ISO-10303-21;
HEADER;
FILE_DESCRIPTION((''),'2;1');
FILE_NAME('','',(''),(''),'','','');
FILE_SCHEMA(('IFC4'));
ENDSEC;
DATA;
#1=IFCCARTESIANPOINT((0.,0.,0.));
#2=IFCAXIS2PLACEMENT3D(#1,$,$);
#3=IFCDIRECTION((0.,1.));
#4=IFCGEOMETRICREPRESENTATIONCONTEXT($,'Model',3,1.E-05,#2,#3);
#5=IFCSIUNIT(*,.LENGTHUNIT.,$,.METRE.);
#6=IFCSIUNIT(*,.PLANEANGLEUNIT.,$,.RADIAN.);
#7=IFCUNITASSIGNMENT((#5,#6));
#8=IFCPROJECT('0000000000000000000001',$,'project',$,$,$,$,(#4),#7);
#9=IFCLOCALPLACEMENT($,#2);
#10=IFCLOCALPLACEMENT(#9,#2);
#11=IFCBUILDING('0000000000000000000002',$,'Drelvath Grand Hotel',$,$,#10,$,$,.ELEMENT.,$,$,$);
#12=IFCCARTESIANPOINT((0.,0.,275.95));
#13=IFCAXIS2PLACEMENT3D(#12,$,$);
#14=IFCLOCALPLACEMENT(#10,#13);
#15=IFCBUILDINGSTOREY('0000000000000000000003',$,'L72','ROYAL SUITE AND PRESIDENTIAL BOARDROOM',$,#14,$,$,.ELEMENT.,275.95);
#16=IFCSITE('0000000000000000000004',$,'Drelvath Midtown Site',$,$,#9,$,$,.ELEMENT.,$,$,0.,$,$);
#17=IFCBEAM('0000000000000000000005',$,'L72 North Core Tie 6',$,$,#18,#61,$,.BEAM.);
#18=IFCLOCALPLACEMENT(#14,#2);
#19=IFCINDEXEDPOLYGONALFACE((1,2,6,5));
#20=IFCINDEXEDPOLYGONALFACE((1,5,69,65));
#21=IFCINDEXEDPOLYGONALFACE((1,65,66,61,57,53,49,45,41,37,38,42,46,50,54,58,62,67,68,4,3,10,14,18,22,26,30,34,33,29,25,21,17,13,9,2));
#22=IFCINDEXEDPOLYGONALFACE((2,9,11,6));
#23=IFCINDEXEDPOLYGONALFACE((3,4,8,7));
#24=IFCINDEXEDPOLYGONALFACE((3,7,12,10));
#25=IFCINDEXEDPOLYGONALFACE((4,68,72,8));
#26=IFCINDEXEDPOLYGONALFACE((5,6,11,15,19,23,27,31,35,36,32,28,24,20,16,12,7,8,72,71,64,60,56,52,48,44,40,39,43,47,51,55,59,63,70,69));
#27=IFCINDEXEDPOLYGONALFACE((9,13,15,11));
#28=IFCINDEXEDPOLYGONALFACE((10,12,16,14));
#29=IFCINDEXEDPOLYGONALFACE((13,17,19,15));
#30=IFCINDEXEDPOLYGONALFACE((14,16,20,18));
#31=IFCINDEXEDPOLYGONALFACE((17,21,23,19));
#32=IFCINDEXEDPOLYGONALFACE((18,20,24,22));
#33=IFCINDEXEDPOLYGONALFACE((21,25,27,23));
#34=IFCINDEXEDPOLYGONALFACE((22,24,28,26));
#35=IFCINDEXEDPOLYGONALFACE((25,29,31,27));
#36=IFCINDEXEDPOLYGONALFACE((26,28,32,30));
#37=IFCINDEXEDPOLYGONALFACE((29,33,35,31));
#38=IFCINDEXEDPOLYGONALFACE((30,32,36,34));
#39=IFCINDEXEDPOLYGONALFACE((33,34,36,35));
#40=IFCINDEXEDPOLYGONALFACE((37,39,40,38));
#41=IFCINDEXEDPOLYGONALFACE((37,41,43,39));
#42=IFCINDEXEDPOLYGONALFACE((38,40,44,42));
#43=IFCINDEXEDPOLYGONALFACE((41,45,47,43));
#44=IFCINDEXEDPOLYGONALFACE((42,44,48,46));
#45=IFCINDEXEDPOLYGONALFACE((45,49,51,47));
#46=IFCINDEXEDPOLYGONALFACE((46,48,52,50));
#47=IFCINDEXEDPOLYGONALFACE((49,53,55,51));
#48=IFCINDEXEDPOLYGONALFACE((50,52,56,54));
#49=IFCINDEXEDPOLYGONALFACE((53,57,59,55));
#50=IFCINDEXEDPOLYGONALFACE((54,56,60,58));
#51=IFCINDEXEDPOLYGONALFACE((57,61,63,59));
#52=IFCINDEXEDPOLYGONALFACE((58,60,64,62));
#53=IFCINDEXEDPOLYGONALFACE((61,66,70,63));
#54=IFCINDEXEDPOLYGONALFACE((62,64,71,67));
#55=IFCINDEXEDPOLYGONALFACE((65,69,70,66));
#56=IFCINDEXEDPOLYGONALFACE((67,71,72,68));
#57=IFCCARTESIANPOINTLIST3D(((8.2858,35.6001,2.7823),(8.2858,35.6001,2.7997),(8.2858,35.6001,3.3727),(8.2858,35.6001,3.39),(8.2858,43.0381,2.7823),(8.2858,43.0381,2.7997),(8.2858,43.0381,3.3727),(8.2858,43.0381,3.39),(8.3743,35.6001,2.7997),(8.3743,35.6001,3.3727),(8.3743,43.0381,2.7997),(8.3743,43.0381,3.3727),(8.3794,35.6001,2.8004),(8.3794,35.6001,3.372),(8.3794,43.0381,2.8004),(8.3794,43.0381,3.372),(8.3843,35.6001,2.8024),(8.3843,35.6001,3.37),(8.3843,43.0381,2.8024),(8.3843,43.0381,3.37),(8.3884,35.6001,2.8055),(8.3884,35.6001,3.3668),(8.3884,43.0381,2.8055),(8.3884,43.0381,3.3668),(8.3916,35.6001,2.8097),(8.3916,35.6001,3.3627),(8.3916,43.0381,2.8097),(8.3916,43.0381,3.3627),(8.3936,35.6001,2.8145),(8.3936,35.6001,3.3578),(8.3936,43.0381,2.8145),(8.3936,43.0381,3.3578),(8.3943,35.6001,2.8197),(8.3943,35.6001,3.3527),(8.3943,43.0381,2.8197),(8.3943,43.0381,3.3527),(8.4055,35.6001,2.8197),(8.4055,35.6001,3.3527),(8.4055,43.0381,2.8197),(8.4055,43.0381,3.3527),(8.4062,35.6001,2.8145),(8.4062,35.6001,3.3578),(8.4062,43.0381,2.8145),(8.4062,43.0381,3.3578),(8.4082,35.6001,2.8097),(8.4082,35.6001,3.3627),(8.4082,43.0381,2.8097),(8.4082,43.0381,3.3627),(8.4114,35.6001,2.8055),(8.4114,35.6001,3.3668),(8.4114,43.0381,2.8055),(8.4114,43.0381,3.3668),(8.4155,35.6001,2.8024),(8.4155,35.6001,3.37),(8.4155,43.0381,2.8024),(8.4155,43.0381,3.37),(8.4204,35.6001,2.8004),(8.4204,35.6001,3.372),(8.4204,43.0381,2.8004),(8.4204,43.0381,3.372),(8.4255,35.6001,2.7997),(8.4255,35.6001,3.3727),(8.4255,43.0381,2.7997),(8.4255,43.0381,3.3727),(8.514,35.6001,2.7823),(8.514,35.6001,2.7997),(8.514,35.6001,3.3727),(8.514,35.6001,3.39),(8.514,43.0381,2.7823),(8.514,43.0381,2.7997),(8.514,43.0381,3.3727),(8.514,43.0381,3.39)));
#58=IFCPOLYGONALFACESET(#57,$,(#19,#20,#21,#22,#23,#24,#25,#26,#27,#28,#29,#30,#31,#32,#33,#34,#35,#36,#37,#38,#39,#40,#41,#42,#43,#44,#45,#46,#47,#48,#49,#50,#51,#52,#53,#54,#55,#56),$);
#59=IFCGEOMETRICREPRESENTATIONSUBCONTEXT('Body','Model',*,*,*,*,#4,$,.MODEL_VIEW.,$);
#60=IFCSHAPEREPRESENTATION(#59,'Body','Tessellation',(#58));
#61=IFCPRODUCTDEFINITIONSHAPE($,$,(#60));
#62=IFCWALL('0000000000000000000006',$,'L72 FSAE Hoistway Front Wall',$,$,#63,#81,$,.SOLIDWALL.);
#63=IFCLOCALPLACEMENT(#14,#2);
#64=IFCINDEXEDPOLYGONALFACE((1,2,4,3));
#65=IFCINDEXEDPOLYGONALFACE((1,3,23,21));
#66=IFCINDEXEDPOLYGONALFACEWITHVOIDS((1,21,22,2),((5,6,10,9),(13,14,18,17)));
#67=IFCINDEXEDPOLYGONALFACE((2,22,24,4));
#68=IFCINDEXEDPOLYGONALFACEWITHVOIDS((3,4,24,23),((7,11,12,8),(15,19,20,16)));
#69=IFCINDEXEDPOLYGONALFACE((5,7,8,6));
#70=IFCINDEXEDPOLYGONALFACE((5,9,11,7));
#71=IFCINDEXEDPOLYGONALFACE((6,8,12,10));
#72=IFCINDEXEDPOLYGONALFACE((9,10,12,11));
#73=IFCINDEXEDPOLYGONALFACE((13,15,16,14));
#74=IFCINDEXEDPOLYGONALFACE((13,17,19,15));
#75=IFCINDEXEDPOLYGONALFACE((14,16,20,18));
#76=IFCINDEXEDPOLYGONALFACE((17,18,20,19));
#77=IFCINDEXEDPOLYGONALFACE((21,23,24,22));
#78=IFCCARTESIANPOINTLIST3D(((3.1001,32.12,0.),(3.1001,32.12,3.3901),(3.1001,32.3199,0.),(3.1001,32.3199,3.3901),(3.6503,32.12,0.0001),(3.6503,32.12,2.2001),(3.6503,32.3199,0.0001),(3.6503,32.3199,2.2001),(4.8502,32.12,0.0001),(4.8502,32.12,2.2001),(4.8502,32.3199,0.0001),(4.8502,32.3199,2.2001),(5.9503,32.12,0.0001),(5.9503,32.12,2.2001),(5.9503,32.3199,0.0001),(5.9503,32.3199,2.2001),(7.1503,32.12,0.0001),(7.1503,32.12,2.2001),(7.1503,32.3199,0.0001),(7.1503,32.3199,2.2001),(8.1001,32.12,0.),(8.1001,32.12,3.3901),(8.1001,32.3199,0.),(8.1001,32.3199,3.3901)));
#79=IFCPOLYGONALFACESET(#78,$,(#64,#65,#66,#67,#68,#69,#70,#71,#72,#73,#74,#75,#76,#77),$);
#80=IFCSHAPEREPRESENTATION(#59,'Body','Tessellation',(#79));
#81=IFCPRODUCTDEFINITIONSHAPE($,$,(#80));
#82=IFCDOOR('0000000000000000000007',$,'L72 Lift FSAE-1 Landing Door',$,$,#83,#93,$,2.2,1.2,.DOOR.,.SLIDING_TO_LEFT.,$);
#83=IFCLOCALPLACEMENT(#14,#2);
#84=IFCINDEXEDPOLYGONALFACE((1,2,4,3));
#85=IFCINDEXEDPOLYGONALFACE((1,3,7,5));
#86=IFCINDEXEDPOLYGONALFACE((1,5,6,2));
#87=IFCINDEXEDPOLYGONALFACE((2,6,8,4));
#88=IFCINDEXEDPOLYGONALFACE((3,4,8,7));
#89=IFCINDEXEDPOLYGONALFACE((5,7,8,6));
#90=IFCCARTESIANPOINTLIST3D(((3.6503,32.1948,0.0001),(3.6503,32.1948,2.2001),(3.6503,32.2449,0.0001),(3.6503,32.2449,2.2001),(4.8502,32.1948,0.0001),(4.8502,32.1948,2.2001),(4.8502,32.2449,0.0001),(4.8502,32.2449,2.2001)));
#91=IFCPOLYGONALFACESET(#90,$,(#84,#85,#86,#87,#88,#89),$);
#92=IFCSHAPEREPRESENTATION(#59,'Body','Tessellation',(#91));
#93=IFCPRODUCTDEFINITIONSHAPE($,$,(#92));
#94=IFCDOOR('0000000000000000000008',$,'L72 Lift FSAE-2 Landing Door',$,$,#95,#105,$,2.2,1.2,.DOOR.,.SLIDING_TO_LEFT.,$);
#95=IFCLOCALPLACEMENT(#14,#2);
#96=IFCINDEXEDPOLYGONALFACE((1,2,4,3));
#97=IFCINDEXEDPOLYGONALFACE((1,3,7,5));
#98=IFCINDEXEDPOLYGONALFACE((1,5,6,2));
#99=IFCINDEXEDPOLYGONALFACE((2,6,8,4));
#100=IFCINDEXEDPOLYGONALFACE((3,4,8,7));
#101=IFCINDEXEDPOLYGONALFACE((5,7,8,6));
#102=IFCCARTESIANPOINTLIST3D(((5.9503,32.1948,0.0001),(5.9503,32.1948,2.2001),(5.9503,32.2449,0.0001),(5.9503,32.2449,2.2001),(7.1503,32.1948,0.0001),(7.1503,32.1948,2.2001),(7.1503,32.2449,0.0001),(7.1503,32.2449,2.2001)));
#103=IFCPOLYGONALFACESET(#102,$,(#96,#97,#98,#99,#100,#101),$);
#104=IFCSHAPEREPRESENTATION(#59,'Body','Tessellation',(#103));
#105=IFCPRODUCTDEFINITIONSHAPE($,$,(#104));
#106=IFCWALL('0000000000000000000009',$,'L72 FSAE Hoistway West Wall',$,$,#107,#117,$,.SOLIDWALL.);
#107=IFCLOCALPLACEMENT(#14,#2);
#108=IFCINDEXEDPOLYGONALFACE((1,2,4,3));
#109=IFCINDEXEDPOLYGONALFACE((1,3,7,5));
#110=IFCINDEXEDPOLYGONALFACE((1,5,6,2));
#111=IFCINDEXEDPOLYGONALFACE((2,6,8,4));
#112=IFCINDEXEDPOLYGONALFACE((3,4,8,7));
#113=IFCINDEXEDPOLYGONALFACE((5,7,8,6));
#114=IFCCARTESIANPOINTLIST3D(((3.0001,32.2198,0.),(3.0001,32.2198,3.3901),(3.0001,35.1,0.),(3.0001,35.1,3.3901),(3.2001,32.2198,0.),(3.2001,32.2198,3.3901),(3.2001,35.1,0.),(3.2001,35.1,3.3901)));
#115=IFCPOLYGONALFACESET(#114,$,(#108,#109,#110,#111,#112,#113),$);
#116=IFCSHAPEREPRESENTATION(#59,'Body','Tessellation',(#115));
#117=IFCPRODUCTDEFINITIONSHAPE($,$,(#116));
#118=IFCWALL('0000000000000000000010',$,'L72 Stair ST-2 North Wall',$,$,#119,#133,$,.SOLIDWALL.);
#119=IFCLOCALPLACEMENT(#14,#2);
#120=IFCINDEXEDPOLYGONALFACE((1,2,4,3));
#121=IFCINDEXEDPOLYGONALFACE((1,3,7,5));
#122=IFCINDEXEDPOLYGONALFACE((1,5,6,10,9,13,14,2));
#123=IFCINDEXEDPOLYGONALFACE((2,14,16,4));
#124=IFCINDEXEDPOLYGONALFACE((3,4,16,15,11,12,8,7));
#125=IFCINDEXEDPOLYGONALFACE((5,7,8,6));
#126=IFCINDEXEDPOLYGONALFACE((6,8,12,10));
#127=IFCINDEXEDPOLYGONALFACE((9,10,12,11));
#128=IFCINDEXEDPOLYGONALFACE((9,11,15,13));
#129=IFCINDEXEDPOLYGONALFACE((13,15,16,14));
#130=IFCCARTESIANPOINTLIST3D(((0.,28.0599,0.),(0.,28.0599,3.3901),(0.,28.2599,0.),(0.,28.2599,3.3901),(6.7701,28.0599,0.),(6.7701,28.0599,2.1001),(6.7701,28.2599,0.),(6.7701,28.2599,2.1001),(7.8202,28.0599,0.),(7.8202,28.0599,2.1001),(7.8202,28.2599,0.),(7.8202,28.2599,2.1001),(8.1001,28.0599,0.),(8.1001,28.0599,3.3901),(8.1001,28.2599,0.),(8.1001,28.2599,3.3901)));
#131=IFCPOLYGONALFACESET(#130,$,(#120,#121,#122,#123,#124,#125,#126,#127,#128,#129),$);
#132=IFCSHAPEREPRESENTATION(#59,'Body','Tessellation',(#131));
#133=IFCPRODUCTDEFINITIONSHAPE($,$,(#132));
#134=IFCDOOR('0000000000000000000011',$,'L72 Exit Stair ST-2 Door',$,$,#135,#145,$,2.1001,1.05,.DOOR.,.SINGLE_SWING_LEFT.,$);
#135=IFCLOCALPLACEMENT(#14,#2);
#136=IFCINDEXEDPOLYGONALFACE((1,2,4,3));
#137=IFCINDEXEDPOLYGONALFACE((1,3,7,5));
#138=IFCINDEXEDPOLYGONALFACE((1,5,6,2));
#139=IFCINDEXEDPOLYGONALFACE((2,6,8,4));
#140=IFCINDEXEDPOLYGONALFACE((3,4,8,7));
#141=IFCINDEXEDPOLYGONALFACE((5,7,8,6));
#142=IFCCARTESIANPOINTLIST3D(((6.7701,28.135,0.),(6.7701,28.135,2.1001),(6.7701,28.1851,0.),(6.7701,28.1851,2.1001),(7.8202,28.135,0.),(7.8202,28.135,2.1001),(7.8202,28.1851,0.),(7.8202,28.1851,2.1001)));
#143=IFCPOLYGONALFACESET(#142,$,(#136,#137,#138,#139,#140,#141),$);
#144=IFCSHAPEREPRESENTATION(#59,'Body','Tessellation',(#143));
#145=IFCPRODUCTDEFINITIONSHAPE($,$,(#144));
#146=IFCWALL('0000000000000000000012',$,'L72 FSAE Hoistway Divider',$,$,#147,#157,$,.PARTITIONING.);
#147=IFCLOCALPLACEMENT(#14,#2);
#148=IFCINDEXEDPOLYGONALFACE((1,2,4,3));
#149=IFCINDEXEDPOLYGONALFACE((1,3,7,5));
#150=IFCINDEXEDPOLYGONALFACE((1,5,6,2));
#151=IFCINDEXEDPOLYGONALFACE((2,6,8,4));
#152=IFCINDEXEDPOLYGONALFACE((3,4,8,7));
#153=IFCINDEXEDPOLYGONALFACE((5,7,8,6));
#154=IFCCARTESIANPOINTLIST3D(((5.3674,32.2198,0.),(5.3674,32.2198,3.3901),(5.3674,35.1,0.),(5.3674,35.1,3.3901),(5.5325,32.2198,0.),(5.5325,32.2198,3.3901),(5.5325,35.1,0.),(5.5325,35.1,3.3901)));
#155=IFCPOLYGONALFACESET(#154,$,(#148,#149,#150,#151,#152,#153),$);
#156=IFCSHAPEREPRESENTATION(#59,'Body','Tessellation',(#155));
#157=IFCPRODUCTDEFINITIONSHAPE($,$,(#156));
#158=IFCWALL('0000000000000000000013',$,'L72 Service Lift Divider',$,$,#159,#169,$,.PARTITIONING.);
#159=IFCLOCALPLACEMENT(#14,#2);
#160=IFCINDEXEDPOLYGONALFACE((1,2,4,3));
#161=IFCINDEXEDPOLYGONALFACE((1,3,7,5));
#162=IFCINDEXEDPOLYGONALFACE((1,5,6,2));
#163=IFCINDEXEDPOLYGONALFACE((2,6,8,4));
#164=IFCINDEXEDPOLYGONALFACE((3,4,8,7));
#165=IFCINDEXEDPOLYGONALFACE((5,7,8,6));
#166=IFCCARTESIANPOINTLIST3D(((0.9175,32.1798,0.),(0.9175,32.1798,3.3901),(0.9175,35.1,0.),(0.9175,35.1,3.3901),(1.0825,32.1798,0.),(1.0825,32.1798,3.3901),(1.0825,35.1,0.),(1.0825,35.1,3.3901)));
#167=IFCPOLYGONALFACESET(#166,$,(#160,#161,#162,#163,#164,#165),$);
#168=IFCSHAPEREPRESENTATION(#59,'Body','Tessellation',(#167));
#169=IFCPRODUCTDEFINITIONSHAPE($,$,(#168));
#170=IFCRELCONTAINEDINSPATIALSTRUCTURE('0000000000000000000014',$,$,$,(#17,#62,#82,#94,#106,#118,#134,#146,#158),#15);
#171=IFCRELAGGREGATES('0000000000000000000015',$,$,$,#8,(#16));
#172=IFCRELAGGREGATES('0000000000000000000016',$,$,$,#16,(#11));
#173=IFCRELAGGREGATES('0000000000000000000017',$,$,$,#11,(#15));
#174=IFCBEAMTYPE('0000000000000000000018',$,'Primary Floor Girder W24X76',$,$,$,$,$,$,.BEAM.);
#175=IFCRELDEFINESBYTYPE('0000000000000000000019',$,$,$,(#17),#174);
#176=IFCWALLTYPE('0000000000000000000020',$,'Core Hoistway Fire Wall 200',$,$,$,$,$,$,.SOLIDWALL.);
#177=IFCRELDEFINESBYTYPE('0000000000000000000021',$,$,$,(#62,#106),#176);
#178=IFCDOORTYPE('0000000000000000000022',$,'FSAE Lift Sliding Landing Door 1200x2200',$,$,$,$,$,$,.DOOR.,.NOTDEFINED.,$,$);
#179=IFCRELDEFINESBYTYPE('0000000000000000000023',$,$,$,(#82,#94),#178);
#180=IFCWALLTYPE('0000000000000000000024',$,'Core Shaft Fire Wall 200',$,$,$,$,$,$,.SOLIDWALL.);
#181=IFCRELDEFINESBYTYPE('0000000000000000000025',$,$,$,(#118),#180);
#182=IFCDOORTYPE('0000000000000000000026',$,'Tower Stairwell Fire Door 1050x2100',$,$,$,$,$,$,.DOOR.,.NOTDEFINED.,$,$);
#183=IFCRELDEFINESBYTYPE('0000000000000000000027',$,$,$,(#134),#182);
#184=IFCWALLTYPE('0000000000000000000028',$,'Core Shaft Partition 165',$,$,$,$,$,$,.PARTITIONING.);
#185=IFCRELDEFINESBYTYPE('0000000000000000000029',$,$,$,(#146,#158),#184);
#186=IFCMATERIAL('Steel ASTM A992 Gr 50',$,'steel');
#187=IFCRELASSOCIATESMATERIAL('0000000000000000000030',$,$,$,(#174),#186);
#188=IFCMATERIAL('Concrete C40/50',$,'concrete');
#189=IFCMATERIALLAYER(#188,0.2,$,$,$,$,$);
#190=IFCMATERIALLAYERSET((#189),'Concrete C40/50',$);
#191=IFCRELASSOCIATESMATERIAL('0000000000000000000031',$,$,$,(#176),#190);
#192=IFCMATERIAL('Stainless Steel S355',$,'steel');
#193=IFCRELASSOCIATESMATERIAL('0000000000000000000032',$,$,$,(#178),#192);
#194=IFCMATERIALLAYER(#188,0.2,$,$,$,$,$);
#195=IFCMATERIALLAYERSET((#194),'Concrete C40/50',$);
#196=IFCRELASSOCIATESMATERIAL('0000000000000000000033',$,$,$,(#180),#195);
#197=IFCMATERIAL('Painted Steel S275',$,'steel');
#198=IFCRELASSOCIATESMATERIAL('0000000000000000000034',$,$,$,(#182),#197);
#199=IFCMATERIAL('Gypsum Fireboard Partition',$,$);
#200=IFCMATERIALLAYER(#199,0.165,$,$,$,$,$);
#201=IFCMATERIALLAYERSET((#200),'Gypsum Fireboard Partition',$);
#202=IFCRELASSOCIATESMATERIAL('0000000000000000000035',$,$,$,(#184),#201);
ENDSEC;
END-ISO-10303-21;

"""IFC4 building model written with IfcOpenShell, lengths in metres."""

from ifc_helpers import new_model, si_unit, direction, frame, frame_2d, origin, origin_2d, place, context, subcontext, project, spatial, rectangle, i_section, extrude, material, layer, layer_set, material_profile, profile_set, type_object, element, fill, save


model = new_model("IFC4")

# Units and contexts
model_context = context("Model", 3, precision=1e-05, world=origin(), true_north=direction((0.0, 1.0)))
body_context = subcontext(model_context, "Body", "Model", "MODEL_VIEW")
ifc_project = project(units=[si_unit("LENGTHUNIT", "METRE"), si_unit("PLANEANGLEUNIT", "RADIAN")], contexts=[model_context])

# Site, building, storey
site_placement = place(None, origin())
site = spatial("IfcSite", under=ifc_project, at=site_placement, Name="Drelvath Midtown Site", CompositionType="ELEMENT", RefElevation=0.0)
building_placement = place(site_placement, origin())
building = spatial("IfcBuilding", under=site, at=building_placement, Name="Drelvath Grand Hotel", CompositionType="ELEMENT")
storey_placement = place(building_placement, frame((0.0, 0.0, 275.95)))
storey = spatial("IfcBuildingStorey", under=building, at=storey_placement, Name="L72", Description="ROYAL SUITE AND PRESIDENTIAL BOARDROOM", CompositionType="ELEMENT", Elevation=275.95)

# Beam
ifc_material_1 = material(Name="Steel ASTM A992 Gr 50", Category="steel")
ifc_material_profile_1 = material_profile(ifc_material_1, i_section(OverallWidth=0.2283, OverallDepth=0.6077, WebThickness=0.0112, FlangeThickness=0.0173, FilletRadius=0.02, at=origin_2d()), Name="W24X76")
ifc_profile_set_1 = profile_set([ifc_material_profile_1], Name="Steel ASTM A992 Gr 50")
beam_type_1 = type_object("IfcBeamType", Name="Primary Floor Girder W24X76", PredefinedType="BEAM", material=ifc_profile_set_1)
for number, where, z_axis, x_axis, name in (
    (1, (8.3999, 35.6001, 3.0862), (0.0, 1.0, 0.0), (-1.0, 0.0, 0.0), "L72 North Core Tie 6"),
):
    element("IfcBeam", number, at=place(storey_placement, frame(where, z_axis=z_axis, x_axis=x_axis)), inside=storey, type_object=beam_type_1, Name=name, PredefinedType="BEAM", context=body_context, shape_type="SweptSolid", body=[
        extrude(i_section(OverallWidth=0.2283, OverallDepth=0.6077, WebThickness=0.0112, FlangeThickness=0.0173, FilletRadius=0.02, at=origin_2d()), origin(), (0.0, 0.0, 1.0), 7.438),
    ])

# Wall, openings, doors
ifc_material_2 = material(Name="Concrete C40/50", Category="concrete")
ifc_layer_1 = layer(ifc_material_2, 0.2)
ifc_layer_set_1 = layer_set([ifc_layer_1], Name="Concrete C40/50")
wall_type_1 = type_object("IfcWallType", Name="Core Hoistway Fire Wall 200", PredefinedType="SOLIDWALL", material=ifc_layer_set_1)
wall_1_placement = place(storey_placement, frame((3.1001, 32.22, 0.0), z_axis=(0.0, 0.0, 1.0), x_axis=(1.0, 0.0, 0.0)))
wall_1 = element("IfcWall", 2, at=wall_1_placement, inside=storey, type_object=wall_type_1, Name="L72 FSAE Hoistway Front Wall", PredefinedType="SOLIDWALL", context=body_context, shape_type="SweptSolid", body=[
    extrude(rectangle(XDim=5.0, YDim=0.2, at=frame_2d((2.5, 0.0))), origin(), (0.0, 0.0, 1.0), 3.3901),
])
opening_1_placement = place(wall_1_placement, frame((0.55, 0.0, 0.0)))
opening_1 = element("IfcOpeningElement", 3, at=opening_1_placement, cuts=wall_1, PredefinedType="OPENING", context=body_context, shape_type="SweptSolid", body=[
    extrude(rectangle(XDim=1.2, YDim=2.2, at=frame_2d((0.6001, 1.1001))), frame((0.0, 0.1099, 0.0), z_axis=(0.0, -1.0, 0.0), x_axis=(1.0, 0.0, 0.0)), (0.0, 0.0, 1.0), 0.22),
])
opening_2_placement = place(wall_1_placement, frame((2.8501, 0.0, 0.0)))
opening_2 = element("IfcOpeningElement", 4, at=opening_2_placement, cuts=wall_1, PredefinedType="OPENING", context=body_context, shape_type="SweptSolid", body=[
    extrude(rectangle(XDim=1.2, YDim=2.2, at=frame_2d((0.6001, 1.1001))), frame((0.0, 0.1099, 0.0), z_axis=(0.0, -1.0, 0.0), x_axis=(1.0, 0.0, 0.0)), (0.0, 0.0, 1.0), 0.22),
])
ifc_material_3 = material(Name="Stainless Steel S355", Category="steel")
door_type_1 = type_object("IfcDoorType", Name="FSAE Lift Sliding Landing Door 1200x2200", OperationType="NOTDEFINED", PredefinedType="DOOR", material=ifc_material_3)
door_1_placement = place(opening_1_placement, origin())
door_1 = element("IfcDoor", 5, at=door_1_placement, inside=storey, type_object=door_type_1, Name="L72 Lift FSAE-1 Landing Door", OperationType="SLIDING_TO_LEFT", OverallHeight=2.2, OverallWidth=1.2, PredefinedType="DOOR", context=body_context, shape_type="SweptSolid", body=[
    extrude(rectangle(XDim=1.2, YDim=2.2, at=frame_2d((0.6001, 1.1001))), frame((0.0, 0.0249, 0.0), z_axis=(0.0, -1.0, 0.0), x_axis=(1.0, 0.0, 0.0)), (0.0, 0.0, 1.0), 0.05),
])
fill(opening_1, door_1)
door_2_placement = place(opening_2_placement, origin())
door_2 = element("IfcDoor", 6, at=door_2_placement, inside=storey, type_object=door_type_1, Name="L72 Lift FSAE-2 Landing Door", OperationType="SLIDING_TO_LEFT", OverallHeight=2.2, OverallWidth=1.2, PredefinedType="DOOR", context=body_context, shape_type="SweptSolid", body=[
    extrude(rectangle(XDim=1.2, YDim=2.2, at=frame_2d((0.6001, 1.1001))), frame((0.0, 0.0249, 0.0), z_axis=(0.0, -1.0, 0.0), x_axis=(1.0, 0.0, 0.0)), (0.0, 0.0, 1.0), 0.05),
])
fill(opening_2, door_2)

# Wall
wall_2_placement = place(storey_placement, frame((3.1001, 32.22, 0.0), z_axis=(0.0, 0.0, 1.0), x_axis=(0.0, 1.0, 0.0)))
element("IfcWall", 7, at=wall_2_placement, inside=storey, type_object=wall_type_1, Name="L72 FSAE Hoistway West Wall", PredefinedType="SOLIDWALL", context=body_context, shape_type="SweptSolid", body=[
    extrude(rectangle(XDim=2.8801, YDim=0.2, at=frame_2d((1.4399, 0.0))), origin(), (0.0, 0.0, 1.0), 3.3901),
])

# Wall, opening, door
ifc_layer_2 = layer(ifc_material_2, 0.2)
ifc_layer_set_2 = layer_set([ifc_layer_2], Name="Concrete C40/50")
wall_type_2 = type_object("IfcWallType", Name="Core Shaft Fire Wall 200", PredefinedType="SOLIDWALL", material=ifc_layer_set_2)
wall_3_placement = place(storey_placement, frame((8.1001, 28.1599, 0.0), z_axis=(0.0, 0.0, 1.0), x_axis=(-1.0, 0.0, 0.0)))
wall_3 = element("IfcWall", 8, at=wall_3_placement, inside=storey, type_object=wall_type_2, Name="L72 Stair ST-2 North Wall", PredefinedType="SOLIDWALL", context=body_context, shape_type="SweptSolid", body=[
    extrude(rectangle(XDim=8.1001, YDim=0.2, at=frame_2d((4.05, 0.0))), origin(), (0.0, 0.0, 1.0), 3.3901),
])
opening_3_placement = place(wall_3_placement, frame((0.28, 0.0, 0.0)))
opening_3 = element("IfcOpeningElement", 9, at=opening_3_placement, cuts=wall_3, PredefinedType="OPENING", context=body_context, shape_type="SweptSolid", body=[
    extrude(rectangle(XDim=1.05, YDim=2.1001, at=frame_2d((0.5249, 1.05))), frame((0.0, 0.1099, 0.0), z_axis=(0.0, -1.0, 0.0), x_axis=(1.0, 0.0, 0.0)), (0.0, 0.0, 1.0), 0.22),
])
ifc_material_4 = material(Name="Painted Steel S275", Category="steel")
door_type_2 = type_object("IfcDoorType", Name="Tower Stairwell Fire Door 1050x2100", OperationType="NOTDEFINED", PredefinedType="DOOR", material=ifc_material_4)
door_3_placement = place(opening_3_placement, origin())
door_3 = element("IfcDoor", 10, at=door_3_placement, inside=storey, type_object=door_type_2, Name="L72 Exit Stair ST-2 Door", OperationType="SINGLE_SWING_LEFT", OverallHeight=2.1001, OverallWidth=1.05, PredefinedType="DOOR", context=body_context, shape_type="SweptSolid", body=[
    extrude(rectangle(XDim=1.05, YDim=2.1001, at=frame_2d((0.5249, 1.05))), frame((0.0, 0.0249, 0.0), z_axis=(0.0, -1.0, 0.0), x_axis=(1.0, 0.0, 0.0)), (0.0, 0.0, 1.0), 0.05),
])
fill(opening_3, door_3)

# Walls
ifc_material_5 = material(Name="Gypsum Fireboard Partition")
ifc_layer_3 = layer(ifc_material_5, 0.165)
ifc_layer_set_3 = layer_set([ifc_layer_3], Name="Gypsum Fireboard Partition")
wall_type_3 = type_object("IfcWallType", Name="Core Shaft Partition 165", PredefinedType="PARTITIONING", material=ifc_layer_set_3)
wall_4_placement = place(storey_placement, frame((5.45, 32.22, 0.0), z_axis=(0.0, 0.0, 1.0), x_axis=(0.0, 1.0, 0.0)))
element("IfcWall", 11, at=wall_4_placement, inside=storey, type_object=wall_type_3, Name="L72 FSAE Hoistway Divider", PredefinedType="PARTITIONING", context=body_context, shape_type="SweptSolid", body=[
    extrude(rectangle(XDim=2.8801, YDim=0.165, at=frame_2d((1.4399, 0.0))), origin(), (0.0, 0.0, 1.0), 3.3901),
])
wall_5_placement = place(storey_placement, frame((1.0, 32.1799, 0.0), z_axis=(0.0, 0.0, 1.0), x_axis=(0.0, 1.0, 0.0)))
element("IfcWall", 12, at=wall_5_placement, inside=storey, type_object=wall_type_3, Name="L72 Service Lift Divider", PredefinedType="PARTITIONING", context=body_context, shape_type="SweptSolid", body=[
    extrude(rectangle(XDim=2.9202, YDim=0.165, at=frame_2d((1.46, 0.0))), origin(), (0.0, 0.0, 1.0), 3.3901),
])

save(model, "model.ifc")
